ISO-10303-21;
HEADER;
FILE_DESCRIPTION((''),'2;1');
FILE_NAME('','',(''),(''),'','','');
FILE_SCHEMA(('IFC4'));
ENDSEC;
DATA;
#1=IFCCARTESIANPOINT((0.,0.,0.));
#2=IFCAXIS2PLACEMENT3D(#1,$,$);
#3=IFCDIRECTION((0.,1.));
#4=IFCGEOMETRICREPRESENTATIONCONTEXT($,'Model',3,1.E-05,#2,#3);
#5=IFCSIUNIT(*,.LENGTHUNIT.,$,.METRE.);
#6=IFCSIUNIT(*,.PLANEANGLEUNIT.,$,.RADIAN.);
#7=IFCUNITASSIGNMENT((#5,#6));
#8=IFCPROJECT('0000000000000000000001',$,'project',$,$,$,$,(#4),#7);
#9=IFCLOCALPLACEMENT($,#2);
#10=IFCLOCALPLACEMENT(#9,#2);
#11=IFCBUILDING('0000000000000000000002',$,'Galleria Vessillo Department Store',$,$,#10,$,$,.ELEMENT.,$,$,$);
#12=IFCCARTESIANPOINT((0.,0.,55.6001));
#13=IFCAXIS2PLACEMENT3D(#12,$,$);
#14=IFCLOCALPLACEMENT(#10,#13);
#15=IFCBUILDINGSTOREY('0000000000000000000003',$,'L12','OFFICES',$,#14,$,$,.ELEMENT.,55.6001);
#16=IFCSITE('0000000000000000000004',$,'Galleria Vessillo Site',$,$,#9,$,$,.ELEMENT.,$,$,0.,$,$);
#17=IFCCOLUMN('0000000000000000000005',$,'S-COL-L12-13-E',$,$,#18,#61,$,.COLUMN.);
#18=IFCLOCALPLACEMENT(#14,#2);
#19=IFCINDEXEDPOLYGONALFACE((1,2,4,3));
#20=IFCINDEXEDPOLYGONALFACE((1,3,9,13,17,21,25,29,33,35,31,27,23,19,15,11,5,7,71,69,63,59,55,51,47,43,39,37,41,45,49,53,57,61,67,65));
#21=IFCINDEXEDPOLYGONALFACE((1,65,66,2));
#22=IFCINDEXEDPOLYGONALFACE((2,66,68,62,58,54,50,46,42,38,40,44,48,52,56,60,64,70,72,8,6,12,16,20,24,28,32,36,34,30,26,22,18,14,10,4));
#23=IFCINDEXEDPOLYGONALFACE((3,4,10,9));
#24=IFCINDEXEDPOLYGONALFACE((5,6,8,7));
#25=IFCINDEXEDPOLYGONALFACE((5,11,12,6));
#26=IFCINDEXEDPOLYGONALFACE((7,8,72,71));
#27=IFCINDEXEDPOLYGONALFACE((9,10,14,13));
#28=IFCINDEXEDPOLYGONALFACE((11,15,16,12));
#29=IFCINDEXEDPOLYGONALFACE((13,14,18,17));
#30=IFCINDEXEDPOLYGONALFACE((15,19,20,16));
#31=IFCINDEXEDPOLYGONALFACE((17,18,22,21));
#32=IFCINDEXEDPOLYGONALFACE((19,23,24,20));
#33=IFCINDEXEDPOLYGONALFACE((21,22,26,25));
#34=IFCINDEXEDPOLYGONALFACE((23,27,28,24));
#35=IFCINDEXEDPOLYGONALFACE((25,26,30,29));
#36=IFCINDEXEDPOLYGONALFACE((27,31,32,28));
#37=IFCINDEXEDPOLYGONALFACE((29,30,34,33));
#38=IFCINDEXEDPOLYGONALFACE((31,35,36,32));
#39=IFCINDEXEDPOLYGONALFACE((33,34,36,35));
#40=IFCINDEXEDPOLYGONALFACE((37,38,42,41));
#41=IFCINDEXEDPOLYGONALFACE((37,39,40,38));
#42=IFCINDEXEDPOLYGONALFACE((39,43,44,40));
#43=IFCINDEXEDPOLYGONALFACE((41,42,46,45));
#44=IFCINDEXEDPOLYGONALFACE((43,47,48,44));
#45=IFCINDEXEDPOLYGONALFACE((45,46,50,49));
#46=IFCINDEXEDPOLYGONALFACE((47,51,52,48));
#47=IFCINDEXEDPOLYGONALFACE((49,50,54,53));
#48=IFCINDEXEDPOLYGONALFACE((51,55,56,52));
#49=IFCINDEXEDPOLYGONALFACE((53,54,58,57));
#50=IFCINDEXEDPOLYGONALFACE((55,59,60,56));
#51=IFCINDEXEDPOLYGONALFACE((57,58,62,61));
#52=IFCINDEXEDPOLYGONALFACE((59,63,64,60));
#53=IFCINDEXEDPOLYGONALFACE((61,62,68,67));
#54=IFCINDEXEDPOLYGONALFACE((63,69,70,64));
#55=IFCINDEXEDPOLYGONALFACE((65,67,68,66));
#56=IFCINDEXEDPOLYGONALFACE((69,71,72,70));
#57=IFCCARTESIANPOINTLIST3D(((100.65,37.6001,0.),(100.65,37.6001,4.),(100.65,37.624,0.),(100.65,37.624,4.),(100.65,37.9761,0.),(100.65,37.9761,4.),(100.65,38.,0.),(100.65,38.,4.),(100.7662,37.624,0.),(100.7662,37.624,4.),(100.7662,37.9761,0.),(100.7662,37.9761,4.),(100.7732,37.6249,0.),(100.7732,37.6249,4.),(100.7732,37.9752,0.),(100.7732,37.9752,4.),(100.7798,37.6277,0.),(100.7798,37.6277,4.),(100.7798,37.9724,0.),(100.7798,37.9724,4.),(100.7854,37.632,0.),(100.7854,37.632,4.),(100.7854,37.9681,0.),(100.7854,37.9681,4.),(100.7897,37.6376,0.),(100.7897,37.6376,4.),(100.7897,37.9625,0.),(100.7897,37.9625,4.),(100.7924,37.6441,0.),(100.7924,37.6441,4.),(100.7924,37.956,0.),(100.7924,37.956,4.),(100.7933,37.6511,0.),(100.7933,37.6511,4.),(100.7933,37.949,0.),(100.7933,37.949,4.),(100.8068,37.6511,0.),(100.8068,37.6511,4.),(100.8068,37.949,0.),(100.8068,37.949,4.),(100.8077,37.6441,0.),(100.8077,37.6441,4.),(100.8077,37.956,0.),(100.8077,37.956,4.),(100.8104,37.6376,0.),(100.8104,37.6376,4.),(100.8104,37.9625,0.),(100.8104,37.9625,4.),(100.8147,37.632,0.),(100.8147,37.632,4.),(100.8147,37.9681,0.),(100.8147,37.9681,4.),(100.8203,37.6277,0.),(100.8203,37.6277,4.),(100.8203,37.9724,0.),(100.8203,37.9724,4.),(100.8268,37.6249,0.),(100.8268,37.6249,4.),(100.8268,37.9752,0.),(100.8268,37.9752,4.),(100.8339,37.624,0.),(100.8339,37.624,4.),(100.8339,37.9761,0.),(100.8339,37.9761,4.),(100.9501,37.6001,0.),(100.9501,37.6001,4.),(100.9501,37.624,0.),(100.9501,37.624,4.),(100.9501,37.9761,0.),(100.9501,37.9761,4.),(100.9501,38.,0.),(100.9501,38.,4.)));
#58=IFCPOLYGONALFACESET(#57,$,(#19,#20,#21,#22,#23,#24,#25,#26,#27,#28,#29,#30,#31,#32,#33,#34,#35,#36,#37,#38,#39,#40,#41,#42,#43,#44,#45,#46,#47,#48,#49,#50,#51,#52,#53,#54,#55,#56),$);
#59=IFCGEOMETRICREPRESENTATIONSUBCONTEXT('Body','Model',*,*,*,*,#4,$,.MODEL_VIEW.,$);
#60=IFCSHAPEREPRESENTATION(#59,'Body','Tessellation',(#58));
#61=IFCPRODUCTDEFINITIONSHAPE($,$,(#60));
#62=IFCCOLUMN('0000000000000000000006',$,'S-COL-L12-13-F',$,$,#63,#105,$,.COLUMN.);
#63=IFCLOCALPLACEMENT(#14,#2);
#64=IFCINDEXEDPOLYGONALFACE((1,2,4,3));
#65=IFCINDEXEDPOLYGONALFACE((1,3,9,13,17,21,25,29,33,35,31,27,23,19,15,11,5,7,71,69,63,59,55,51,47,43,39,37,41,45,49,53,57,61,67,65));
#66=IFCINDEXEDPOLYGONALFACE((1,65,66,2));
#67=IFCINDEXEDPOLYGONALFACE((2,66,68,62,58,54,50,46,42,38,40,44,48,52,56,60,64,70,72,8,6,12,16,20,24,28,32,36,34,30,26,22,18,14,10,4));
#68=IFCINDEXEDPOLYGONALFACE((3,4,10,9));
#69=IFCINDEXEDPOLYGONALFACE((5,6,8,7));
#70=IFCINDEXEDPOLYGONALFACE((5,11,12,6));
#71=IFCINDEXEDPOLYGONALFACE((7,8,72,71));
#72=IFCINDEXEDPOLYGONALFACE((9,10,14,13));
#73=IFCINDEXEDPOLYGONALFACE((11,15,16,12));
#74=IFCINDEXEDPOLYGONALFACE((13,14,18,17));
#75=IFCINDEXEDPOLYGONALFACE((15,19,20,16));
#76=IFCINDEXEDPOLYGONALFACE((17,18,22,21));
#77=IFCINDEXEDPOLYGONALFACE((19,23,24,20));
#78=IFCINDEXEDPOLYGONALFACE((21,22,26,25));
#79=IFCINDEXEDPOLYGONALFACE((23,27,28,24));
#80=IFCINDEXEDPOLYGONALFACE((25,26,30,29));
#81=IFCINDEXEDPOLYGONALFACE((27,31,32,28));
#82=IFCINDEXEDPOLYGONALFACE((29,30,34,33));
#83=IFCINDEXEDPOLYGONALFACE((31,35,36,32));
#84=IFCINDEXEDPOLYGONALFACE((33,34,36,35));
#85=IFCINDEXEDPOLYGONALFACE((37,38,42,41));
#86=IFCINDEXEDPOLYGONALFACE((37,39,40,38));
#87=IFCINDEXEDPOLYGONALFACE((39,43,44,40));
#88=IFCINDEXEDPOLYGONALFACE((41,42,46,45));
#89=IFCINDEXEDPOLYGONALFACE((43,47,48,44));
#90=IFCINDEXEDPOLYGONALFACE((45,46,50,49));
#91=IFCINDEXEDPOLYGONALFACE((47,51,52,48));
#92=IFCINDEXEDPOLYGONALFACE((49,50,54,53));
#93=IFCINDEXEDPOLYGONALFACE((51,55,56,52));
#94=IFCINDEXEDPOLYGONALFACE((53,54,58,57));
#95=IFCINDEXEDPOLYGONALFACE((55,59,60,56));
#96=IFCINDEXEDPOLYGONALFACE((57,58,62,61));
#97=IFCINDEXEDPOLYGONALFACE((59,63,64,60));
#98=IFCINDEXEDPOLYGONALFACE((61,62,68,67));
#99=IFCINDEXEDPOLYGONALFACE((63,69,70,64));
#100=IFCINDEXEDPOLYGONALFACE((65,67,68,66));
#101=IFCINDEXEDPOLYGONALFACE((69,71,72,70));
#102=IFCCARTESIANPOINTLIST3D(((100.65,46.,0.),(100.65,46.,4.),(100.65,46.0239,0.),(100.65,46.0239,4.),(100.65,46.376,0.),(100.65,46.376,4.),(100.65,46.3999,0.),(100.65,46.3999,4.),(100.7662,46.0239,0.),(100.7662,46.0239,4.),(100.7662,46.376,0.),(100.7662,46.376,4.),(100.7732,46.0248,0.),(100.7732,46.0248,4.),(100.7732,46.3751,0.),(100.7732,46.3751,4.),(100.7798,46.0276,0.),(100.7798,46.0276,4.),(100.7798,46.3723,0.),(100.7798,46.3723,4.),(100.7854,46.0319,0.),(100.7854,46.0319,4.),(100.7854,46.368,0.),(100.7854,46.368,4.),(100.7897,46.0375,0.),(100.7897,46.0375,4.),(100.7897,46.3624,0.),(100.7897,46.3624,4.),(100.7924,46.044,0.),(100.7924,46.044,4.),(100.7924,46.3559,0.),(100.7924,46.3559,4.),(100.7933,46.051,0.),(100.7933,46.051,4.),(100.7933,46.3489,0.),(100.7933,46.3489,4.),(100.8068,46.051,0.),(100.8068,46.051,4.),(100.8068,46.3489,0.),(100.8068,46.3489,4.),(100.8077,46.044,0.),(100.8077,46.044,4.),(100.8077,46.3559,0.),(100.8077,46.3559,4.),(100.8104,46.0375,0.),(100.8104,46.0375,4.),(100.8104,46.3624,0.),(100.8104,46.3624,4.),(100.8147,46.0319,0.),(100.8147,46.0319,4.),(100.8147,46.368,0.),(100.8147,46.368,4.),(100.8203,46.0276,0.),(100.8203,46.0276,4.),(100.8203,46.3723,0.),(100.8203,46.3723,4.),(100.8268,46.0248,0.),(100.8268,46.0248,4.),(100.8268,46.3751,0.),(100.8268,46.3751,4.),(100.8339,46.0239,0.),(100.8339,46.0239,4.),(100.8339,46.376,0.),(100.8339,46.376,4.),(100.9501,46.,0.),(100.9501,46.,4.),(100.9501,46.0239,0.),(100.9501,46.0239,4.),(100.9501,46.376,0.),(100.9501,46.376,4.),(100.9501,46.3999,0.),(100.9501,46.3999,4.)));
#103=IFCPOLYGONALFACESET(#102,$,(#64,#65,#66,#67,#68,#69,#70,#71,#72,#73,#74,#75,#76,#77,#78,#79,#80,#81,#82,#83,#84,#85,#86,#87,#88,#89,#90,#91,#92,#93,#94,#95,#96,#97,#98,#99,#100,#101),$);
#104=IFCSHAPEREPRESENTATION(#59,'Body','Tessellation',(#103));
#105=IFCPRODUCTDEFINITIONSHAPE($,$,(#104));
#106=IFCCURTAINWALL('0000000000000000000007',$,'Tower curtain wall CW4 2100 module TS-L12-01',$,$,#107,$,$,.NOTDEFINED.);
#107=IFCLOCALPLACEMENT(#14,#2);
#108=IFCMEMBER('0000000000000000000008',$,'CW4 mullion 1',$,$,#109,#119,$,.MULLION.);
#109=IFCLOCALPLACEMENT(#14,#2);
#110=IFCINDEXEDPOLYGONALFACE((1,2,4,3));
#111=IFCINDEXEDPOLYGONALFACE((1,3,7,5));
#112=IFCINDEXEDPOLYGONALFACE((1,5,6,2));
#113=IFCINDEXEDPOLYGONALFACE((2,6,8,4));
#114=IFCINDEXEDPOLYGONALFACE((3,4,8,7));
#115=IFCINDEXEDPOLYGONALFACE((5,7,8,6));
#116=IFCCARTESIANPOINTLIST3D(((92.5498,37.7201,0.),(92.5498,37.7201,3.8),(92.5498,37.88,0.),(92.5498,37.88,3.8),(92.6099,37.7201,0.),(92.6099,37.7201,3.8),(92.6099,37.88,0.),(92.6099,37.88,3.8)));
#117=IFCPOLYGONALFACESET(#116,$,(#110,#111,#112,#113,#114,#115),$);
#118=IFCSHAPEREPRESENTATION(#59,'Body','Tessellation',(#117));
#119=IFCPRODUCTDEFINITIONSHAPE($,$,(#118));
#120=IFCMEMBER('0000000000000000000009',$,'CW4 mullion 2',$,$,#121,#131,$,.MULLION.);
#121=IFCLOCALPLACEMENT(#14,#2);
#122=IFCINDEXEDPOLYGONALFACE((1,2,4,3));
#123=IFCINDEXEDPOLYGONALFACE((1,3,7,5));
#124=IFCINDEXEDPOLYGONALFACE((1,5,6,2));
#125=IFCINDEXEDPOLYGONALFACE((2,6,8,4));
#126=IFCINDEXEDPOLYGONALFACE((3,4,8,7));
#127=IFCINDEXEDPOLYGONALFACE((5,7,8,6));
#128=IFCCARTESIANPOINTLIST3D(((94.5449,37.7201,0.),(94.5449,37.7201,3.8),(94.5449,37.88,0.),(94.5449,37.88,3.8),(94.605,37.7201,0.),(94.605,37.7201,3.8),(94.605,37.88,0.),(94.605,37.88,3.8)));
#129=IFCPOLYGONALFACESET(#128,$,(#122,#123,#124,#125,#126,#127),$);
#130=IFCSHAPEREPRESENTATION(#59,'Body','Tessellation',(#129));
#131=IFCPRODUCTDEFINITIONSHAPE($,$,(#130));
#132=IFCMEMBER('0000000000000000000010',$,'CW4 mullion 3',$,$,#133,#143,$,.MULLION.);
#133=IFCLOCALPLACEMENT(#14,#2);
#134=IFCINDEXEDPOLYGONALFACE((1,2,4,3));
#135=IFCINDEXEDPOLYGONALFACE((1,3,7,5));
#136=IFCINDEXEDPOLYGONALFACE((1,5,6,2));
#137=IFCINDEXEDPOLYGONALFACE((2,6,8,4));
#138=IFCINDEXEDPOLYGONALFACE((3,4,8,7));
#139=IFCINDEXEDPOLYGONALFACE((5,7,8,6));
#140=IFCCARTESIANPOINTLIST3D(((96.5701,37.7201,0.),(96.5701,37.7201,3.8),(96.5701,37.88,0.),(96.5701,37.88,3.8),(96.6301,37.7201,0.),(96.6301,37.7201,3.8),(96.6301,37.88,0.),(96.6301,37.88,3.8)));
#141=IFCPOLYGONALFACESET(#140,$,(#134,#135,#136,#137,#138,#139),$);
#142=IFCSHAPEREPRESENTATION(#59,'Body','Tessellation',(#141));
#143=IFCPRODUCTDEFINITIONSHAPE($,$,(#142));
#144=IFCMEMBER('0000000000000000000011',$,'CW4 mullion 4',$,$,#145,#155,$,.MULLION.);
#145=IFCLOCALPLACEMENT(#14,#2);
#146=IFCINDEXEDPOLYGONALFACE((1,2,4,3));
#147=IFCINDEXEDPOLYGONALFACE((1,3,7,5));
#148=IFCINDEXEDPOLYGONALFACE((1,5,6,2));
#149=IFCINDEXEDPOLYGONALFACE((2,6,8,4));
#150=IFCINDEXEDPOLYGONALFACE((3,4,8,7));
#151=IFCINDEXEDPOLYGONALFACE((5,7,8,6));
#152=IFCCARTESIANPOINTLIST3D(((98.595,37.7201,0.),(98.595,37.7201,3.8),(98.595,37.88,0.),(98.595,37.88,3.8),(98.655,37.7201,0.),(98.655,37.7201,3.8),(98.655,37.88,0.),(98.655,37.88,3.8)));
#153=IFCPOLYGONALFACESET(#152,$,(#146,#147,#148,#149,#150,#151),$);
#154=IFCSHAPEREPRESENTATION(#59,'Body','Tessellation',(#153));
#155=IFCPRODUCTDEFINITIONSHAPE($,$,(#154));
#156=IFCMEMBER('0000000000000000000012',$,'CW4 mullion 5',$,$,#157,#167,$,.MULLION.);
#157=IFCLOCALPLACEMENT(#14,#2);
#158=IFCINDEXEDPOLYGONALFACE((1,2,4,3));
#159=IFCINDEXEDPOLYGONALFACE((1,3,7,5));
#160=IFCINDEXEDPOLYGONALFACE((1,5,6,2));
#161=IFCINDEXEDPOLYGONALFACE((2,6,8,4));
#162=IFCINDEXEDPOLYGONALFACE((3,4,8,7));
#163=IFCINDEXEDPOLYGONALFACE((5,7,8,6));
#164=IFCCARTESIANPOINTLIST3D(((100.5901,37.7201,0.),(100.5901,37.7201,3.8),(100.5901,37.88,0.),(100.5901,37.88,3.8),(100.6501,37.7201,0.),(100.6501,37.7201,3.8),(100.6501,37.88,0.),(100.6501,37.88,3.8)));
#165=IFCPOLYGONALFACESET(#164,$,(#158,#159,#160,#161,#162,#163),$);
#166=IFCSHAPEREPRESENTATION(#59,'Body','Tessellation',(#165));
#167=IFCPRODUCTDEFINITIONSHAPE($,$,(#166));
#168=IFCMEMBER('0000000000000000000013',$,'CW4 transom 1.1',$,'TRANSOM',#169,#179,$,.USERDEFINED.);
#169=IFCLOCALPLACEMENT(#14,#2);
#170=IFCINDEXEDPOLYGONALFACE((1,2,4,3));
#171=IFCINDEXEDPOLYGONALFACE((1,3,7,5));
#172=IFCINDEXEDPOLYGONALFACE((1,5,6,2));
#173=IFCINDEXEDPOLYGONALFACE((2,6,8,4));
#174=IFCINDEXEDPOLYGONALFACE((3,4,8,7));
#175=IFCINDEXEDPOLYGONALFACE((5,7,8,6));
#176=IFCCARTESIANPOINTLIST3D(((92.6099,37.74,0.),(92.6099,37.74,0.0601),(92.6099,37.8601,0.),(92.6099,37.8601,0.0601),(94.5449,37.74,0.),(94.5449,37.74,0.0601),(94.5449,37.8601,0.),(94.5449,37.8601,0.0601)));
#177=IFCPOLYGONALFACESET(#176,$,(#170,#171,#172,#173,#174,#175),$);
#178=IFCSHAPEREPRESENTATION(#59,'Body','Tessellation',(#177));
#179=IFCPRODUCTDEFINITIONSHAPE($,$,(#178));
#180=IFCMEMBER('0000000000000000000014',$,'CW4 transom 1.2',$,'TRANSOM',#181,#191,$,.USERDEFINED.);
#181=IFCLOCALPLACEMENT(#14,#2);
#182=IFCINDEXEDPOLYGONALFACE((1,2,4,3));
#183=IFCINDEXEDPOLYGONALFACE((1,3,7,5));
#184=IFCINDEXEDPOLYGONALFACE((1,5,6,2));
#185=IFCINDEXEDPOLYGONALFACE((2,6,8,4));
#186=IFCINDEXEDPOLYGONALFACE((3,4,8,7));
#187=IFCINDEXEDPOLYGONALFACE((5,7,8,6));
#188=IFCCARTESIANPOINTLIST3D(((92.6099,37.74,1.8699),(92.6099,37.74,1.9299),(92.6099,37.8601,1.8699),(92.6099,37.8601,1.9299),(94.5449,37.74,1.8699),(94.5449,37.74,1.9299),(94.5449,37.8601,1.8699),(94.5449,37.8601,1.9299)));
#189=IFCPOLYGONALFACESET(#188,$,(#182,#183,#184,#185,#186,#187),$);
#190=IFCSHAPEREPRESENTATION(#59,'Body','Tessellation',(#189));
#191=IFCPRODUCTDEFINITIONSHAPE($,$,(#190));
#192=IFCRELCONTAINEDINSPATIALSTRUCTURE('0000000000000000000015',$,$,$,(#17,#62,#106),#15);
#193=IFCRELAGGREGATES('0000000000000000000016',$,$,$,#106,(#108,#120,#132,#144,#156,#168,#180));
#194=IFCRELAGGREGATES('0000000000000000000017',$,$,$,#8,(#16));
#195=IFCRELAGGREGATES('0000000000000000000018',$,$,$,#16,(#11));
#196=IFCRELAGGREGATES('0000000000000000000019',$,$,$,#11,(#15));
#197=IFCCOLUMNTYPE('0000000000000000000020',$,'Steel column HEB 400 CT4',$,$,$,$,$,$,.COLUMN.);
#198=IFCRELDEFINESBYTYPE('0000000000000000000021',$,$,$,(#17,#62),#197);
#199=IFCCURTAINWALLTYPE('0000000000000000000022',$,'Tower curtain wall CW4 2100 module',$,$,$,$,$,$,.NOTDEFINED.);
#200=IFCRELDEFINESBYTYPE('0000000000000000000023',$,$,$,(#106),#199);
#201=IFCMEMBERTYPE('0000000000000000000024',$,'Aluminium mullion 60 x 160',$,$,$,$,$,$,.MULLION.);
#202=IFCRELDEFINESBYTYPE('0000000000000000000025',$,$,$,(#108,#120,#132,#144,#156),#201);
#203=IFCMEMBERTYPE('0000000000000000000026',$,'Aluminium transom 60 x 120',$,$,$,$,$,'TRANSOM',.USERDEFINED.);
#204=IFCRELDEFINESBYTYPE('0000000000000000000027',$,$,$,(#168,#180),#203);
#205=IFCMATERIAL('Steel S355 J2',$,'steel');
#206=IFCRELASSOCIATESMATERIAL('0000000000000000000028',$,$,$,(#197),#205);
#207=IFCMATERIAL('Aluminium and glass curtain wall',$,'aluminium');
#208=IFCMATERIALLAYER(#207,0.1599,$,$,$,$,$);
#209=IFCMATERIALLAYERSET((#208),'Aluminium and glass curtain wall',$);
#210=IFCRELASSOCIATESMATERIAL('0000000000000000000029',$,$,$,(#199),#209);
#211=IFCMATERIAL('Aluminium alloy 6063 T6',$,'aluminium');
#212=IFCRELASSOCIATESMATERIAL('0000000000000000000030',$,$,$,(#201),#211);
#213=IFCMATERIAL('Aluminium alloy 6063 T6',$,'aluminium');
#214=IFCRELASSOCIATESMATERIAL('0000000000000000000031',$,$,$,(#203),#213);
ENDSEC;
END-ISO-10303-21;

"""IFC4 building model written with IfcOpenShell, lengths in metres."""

from ifc_helpers import new_model, si_unit, direction, frame, origin, origin_2d, place, context, subcontext, project, spatial, rectangle, i_section, extrude, material, layer, layer_set, material_profile, profile_set, type_object, element, aggregate, save


model = new_model("IFC4")

# Units and contexts
model_context = context("Model", 3, precision=1e-05, world=origin(), true_north=direction((0.0, 1.0)))
body_context = subcontext(model_context, "Body", "Model", "MODEL_VIEW")
ifc_project = project(units=[si_unit("LENGTHUNIT", "METRE"), si_unit("PLANEANGLEUNIT", "RADIAN")], contexts=[model_context])

# Site, building, storey
site_placement = place(None, origin())
site = spatial("IfcSite", under=ifc_project, at=site_placement, Name="Galleria Vessillo Site", CompositionType="ELEMENT", RefElevation=0.0)
building_placement = place(site_placement, origin())
building = spatial("IfcBuilding", under=site, at=building_placement, Name="Galleria Vessillo Department Store", CompositionType="ELEMENT")
storey_placement = place(building_placement, frame((0.0, 0.0, 55.6001)))
storey = spatial("IfcBuildingStorey", under=building, at=storey_placement, Name="L12", Description="OFFICES", CompositionType="ELEMENT", Elevation=55.6001)

# Columns
ifc_material_1 = material(Name="Steel S355 J2", Category="steel")
ifc_material_profile_1 = material_profile(ifc_material_1, i_section(OverallWidth=0.3, OverallDepth=0.3999, WebThickness=0.0134, FlangeThickness=0.0239, FilletRadius=0.0271, at=origin_2d()), Name="HEB 400")
ifc_profile_set_1 = profile_set([ifc_material_profile_1], Name="Steel S355 J2")
column_type = type_object("IfcColumnType", Name="Steel column HEB 400 CT4", PredefinedType="COLUMN", material=ifc_profile_set_1)
for number, where, z_axis, x_axis, name in (
    (1, (100.8, 37.8, 0.0), (0.0, 0.0, 1.0), (1.0, 0.0, 0.0), "S-COL-L12-13-E"),
    (2, (100.8, 46.2, 0.0), (0.0, 0.0, 1.0), (1.0, 0.0, 0.0), "S-COL-L12-13-F"),
):
    element("IfcColumn", number, at=place(storey_placement, frame(where, z_axis=z_axis, x_axis=x_axis)), inside=storey, type_object=column_type, Name=name, PredefinedType="COLUMN", context=body_context, shape_type="SweptSolid", body=[
        extrude(i_section(OverallWidth=0.3, OverallDepth=0.3999, WebThickness=0.0134, FlangeThickness=0.0239, FilletRadius=0.0271, at=origin_2d()), origin(), (0.0, 0.0, 1.0), 4.0),
    ])

# Curtain wall, members
ifc_material_2 = material(Name="Aluminium and glass curtain wall", Category="aluminium")
ifc_layer_1 = layer(ifc_material_2, 0.1599)
ifc_layer_set_1 = layer_set([ifc_layer_1], Name="Aluminium and glass curtain wall")
curtain_wall_type = type_object("IfcCurtainWallType", Name="Tower curtain wall CW4 2100 module", PredefinedType="NOTDEFINED", material=ifc_layer_set_1)
curtain_wall_placement = place(storey_placement, origin())
curtain_wall = element("IfcCurtainWall", 3, at=curtain_wall_placement, inside=storey, type_object=curtain_wall_type, Name="Tower curtain wall CW4 2100 module TS-L12-01", PredefinedType="NOTDEFINED")
ifc_material_3 = material(Name="Aluminium alloy 6063 T6", Category="aluminium")
ifc_material_profile_2 = material_profile(ifc_material_3, rectangle(XDim=0.1599, YDim=0.0601, at=origin_2d()), Name="AL 60x160")
ifc_profile_set_2 = profile_set([ifc_material_profile_2], Name="Aluminium alloy 6063 T6")
member_type_1 = type_object("IfcMemberType", Name="Aluminium mullion 60 x 160", PredefinedType="MULLION", material=ifc_profile_set_2)
member_1_placement = place(storey_placement, frame((92.5798, 37.8, 0.0), z_axis=(0.0, 0.0, 1.0), x_axis=(0.0, 1.0, 0.0)))
member_1 = element("IfcMember", 4, at=member_1_placement, type_object=member_type_1, Name="CW4 mullion 1", PredefinedType="MULLION", context=body_context, shape_type="SweptSolid", body=[
    extrude(rectangle(XDim=0.1599, YDim=0.0601, at=origin_2d()), origin(), (0.0, 0.0, 1.0), 3.8),
])
member_2_placement = place(storey_placement, frame((94.575, 37.8, 0.0), z_axis=(0.0, 0.0, 1.0), x_axis=(0.0, 1.0, 0.0)))
member_2 = element("IfcMember", 5, at=member_2_placement, type_object=member_type_1, Name="CW4 mullion 2", PredefinedType="MULLION", context=body_context, shape_type="SweptSolid", body=[
    extrude(rectangle(XDim=0.1599, YDim=0.0601, at=origin_2d()), origin(), (0.0, 0.0, 1.0), 3.8),
])
member_3_placement = place(storey_placement, frame((96.6001, 37.8, 0.0), z_axis=(0.0, 0.0, 1.0), x_axis=(0.0, 1.0, 0.0)))
member_3 = element("IfcMember", 6, at=member_3_placement, type_object=member_type_1, Name="CW4 mullion 3", PredefinedType="MULLION", context=body_context, shape_type="SweptSolid", body=[
    extrude(rectangle(XDim=0.1599, YDim=0.0601, at=origin_2d()), origin(), (0.0, 0.0, 1.0), 3.8),
])
member_4_placement = place(storey_placement, frame((98.625, 37.8, 0.0), z_axis=(0.0, 0.0, 1.0), x_axis=(0.0, 1.0, 0.0)))
member_4 = element("IfcMember", 7, at=member_4_placement, type_object=member_type_1, Name="CW4 mullion 4", PredefinedType="MULLION", context=body_context, shape_type="SweptSolid", body=[
    extrude(rectangle(XDim=0.1599, YDim=0.0601, at=origin_2d()), origin(), (0.0, 0.0, 1.0), 3.8),
])
member_5_placement = place(storey_placement, frame((100.6201, 37.8, 0.0), z_axis=(0.0, 0.0, 1.0), x_axis=(0.0, 1.0, 0.0)))
member_5 = element("IfcMember", 8, at=member_5_placement, type_object=member_type_1, Name="CW4 mullion 5", PredefinedType="MULLION", context=body_context, shape_type="SweptSolid", body=[
    extrude(rectangle(XDim=0.1599, YDim=0.0601, at=origin_2d()), origin(), (0.0, 0.0, 1.0), 3.8),
])
ifc_material_4 = material(Name="Aluminium alloy 6063 T6", Category="aluminium")
ifc_material_profile_3 = material_profile(ifc_material_4, rectangle(XDim=0.1201, YDim=0.0601, at=origin_2d()), Name="AL 60x120")
ifc_profile_set_3 = profile_set([ifc_material_profile_3], Name="Aluminium alloy 6063 T6")
member_type_2 = type_object("IfcMemberType", Name="Aluminium transom 60 x 120", ElementType="TRANSOM", PredefinedType="USERDEFINED", material=ifc_profile_set_3)
member_6_placement = place(storey_placement, frame((92.6099, 37.8, 0.03), z_axis=(1.0, 0.0, 0.0), x_axis=(0.0, 1.0, 0.0)))
member_6 = element("IfcMember", 9, at=member_6_placement, type_object=member_type_2, Name="CW4 transom 1.1", ObjectType="TRANSOM", PredefinedType="USERDEFINED", context=body_context, shape_type="SweptSolid", body=[
    extrude(rectangle(XDim=0.1201, YDim=0.0601, at=origin_2d()), origin(), (0.0, 0.0, 1.0), 1.9351),
])
member_7_placement = place(storey_placement, frame((92.6099, 37.8, 1.8999), z_axis=(1.0, 0.0, 0.0), x_axis=(0.0, 1.0, 0.0)))
member_7 = element("IfcMember", 10, at=member_7_placement, type_object=member_type_2, Name="CW4 transom 1.2", ObjectType="TRANSOM", PredefinedType="USERDEFINED", context=body_context, shape_type="SweptSolid", body=[
    extrude(rectangle(XDim=0.1201, YDim=0.0601, at=origin_2d()), origin(), (0.0, 0.0, 1.0), 1.9351),
])

aggregate(curtain_wall, [member_1, member_2, member_3, member_4, member_5, member_6, member_7])

save(model, "model.ifc")
